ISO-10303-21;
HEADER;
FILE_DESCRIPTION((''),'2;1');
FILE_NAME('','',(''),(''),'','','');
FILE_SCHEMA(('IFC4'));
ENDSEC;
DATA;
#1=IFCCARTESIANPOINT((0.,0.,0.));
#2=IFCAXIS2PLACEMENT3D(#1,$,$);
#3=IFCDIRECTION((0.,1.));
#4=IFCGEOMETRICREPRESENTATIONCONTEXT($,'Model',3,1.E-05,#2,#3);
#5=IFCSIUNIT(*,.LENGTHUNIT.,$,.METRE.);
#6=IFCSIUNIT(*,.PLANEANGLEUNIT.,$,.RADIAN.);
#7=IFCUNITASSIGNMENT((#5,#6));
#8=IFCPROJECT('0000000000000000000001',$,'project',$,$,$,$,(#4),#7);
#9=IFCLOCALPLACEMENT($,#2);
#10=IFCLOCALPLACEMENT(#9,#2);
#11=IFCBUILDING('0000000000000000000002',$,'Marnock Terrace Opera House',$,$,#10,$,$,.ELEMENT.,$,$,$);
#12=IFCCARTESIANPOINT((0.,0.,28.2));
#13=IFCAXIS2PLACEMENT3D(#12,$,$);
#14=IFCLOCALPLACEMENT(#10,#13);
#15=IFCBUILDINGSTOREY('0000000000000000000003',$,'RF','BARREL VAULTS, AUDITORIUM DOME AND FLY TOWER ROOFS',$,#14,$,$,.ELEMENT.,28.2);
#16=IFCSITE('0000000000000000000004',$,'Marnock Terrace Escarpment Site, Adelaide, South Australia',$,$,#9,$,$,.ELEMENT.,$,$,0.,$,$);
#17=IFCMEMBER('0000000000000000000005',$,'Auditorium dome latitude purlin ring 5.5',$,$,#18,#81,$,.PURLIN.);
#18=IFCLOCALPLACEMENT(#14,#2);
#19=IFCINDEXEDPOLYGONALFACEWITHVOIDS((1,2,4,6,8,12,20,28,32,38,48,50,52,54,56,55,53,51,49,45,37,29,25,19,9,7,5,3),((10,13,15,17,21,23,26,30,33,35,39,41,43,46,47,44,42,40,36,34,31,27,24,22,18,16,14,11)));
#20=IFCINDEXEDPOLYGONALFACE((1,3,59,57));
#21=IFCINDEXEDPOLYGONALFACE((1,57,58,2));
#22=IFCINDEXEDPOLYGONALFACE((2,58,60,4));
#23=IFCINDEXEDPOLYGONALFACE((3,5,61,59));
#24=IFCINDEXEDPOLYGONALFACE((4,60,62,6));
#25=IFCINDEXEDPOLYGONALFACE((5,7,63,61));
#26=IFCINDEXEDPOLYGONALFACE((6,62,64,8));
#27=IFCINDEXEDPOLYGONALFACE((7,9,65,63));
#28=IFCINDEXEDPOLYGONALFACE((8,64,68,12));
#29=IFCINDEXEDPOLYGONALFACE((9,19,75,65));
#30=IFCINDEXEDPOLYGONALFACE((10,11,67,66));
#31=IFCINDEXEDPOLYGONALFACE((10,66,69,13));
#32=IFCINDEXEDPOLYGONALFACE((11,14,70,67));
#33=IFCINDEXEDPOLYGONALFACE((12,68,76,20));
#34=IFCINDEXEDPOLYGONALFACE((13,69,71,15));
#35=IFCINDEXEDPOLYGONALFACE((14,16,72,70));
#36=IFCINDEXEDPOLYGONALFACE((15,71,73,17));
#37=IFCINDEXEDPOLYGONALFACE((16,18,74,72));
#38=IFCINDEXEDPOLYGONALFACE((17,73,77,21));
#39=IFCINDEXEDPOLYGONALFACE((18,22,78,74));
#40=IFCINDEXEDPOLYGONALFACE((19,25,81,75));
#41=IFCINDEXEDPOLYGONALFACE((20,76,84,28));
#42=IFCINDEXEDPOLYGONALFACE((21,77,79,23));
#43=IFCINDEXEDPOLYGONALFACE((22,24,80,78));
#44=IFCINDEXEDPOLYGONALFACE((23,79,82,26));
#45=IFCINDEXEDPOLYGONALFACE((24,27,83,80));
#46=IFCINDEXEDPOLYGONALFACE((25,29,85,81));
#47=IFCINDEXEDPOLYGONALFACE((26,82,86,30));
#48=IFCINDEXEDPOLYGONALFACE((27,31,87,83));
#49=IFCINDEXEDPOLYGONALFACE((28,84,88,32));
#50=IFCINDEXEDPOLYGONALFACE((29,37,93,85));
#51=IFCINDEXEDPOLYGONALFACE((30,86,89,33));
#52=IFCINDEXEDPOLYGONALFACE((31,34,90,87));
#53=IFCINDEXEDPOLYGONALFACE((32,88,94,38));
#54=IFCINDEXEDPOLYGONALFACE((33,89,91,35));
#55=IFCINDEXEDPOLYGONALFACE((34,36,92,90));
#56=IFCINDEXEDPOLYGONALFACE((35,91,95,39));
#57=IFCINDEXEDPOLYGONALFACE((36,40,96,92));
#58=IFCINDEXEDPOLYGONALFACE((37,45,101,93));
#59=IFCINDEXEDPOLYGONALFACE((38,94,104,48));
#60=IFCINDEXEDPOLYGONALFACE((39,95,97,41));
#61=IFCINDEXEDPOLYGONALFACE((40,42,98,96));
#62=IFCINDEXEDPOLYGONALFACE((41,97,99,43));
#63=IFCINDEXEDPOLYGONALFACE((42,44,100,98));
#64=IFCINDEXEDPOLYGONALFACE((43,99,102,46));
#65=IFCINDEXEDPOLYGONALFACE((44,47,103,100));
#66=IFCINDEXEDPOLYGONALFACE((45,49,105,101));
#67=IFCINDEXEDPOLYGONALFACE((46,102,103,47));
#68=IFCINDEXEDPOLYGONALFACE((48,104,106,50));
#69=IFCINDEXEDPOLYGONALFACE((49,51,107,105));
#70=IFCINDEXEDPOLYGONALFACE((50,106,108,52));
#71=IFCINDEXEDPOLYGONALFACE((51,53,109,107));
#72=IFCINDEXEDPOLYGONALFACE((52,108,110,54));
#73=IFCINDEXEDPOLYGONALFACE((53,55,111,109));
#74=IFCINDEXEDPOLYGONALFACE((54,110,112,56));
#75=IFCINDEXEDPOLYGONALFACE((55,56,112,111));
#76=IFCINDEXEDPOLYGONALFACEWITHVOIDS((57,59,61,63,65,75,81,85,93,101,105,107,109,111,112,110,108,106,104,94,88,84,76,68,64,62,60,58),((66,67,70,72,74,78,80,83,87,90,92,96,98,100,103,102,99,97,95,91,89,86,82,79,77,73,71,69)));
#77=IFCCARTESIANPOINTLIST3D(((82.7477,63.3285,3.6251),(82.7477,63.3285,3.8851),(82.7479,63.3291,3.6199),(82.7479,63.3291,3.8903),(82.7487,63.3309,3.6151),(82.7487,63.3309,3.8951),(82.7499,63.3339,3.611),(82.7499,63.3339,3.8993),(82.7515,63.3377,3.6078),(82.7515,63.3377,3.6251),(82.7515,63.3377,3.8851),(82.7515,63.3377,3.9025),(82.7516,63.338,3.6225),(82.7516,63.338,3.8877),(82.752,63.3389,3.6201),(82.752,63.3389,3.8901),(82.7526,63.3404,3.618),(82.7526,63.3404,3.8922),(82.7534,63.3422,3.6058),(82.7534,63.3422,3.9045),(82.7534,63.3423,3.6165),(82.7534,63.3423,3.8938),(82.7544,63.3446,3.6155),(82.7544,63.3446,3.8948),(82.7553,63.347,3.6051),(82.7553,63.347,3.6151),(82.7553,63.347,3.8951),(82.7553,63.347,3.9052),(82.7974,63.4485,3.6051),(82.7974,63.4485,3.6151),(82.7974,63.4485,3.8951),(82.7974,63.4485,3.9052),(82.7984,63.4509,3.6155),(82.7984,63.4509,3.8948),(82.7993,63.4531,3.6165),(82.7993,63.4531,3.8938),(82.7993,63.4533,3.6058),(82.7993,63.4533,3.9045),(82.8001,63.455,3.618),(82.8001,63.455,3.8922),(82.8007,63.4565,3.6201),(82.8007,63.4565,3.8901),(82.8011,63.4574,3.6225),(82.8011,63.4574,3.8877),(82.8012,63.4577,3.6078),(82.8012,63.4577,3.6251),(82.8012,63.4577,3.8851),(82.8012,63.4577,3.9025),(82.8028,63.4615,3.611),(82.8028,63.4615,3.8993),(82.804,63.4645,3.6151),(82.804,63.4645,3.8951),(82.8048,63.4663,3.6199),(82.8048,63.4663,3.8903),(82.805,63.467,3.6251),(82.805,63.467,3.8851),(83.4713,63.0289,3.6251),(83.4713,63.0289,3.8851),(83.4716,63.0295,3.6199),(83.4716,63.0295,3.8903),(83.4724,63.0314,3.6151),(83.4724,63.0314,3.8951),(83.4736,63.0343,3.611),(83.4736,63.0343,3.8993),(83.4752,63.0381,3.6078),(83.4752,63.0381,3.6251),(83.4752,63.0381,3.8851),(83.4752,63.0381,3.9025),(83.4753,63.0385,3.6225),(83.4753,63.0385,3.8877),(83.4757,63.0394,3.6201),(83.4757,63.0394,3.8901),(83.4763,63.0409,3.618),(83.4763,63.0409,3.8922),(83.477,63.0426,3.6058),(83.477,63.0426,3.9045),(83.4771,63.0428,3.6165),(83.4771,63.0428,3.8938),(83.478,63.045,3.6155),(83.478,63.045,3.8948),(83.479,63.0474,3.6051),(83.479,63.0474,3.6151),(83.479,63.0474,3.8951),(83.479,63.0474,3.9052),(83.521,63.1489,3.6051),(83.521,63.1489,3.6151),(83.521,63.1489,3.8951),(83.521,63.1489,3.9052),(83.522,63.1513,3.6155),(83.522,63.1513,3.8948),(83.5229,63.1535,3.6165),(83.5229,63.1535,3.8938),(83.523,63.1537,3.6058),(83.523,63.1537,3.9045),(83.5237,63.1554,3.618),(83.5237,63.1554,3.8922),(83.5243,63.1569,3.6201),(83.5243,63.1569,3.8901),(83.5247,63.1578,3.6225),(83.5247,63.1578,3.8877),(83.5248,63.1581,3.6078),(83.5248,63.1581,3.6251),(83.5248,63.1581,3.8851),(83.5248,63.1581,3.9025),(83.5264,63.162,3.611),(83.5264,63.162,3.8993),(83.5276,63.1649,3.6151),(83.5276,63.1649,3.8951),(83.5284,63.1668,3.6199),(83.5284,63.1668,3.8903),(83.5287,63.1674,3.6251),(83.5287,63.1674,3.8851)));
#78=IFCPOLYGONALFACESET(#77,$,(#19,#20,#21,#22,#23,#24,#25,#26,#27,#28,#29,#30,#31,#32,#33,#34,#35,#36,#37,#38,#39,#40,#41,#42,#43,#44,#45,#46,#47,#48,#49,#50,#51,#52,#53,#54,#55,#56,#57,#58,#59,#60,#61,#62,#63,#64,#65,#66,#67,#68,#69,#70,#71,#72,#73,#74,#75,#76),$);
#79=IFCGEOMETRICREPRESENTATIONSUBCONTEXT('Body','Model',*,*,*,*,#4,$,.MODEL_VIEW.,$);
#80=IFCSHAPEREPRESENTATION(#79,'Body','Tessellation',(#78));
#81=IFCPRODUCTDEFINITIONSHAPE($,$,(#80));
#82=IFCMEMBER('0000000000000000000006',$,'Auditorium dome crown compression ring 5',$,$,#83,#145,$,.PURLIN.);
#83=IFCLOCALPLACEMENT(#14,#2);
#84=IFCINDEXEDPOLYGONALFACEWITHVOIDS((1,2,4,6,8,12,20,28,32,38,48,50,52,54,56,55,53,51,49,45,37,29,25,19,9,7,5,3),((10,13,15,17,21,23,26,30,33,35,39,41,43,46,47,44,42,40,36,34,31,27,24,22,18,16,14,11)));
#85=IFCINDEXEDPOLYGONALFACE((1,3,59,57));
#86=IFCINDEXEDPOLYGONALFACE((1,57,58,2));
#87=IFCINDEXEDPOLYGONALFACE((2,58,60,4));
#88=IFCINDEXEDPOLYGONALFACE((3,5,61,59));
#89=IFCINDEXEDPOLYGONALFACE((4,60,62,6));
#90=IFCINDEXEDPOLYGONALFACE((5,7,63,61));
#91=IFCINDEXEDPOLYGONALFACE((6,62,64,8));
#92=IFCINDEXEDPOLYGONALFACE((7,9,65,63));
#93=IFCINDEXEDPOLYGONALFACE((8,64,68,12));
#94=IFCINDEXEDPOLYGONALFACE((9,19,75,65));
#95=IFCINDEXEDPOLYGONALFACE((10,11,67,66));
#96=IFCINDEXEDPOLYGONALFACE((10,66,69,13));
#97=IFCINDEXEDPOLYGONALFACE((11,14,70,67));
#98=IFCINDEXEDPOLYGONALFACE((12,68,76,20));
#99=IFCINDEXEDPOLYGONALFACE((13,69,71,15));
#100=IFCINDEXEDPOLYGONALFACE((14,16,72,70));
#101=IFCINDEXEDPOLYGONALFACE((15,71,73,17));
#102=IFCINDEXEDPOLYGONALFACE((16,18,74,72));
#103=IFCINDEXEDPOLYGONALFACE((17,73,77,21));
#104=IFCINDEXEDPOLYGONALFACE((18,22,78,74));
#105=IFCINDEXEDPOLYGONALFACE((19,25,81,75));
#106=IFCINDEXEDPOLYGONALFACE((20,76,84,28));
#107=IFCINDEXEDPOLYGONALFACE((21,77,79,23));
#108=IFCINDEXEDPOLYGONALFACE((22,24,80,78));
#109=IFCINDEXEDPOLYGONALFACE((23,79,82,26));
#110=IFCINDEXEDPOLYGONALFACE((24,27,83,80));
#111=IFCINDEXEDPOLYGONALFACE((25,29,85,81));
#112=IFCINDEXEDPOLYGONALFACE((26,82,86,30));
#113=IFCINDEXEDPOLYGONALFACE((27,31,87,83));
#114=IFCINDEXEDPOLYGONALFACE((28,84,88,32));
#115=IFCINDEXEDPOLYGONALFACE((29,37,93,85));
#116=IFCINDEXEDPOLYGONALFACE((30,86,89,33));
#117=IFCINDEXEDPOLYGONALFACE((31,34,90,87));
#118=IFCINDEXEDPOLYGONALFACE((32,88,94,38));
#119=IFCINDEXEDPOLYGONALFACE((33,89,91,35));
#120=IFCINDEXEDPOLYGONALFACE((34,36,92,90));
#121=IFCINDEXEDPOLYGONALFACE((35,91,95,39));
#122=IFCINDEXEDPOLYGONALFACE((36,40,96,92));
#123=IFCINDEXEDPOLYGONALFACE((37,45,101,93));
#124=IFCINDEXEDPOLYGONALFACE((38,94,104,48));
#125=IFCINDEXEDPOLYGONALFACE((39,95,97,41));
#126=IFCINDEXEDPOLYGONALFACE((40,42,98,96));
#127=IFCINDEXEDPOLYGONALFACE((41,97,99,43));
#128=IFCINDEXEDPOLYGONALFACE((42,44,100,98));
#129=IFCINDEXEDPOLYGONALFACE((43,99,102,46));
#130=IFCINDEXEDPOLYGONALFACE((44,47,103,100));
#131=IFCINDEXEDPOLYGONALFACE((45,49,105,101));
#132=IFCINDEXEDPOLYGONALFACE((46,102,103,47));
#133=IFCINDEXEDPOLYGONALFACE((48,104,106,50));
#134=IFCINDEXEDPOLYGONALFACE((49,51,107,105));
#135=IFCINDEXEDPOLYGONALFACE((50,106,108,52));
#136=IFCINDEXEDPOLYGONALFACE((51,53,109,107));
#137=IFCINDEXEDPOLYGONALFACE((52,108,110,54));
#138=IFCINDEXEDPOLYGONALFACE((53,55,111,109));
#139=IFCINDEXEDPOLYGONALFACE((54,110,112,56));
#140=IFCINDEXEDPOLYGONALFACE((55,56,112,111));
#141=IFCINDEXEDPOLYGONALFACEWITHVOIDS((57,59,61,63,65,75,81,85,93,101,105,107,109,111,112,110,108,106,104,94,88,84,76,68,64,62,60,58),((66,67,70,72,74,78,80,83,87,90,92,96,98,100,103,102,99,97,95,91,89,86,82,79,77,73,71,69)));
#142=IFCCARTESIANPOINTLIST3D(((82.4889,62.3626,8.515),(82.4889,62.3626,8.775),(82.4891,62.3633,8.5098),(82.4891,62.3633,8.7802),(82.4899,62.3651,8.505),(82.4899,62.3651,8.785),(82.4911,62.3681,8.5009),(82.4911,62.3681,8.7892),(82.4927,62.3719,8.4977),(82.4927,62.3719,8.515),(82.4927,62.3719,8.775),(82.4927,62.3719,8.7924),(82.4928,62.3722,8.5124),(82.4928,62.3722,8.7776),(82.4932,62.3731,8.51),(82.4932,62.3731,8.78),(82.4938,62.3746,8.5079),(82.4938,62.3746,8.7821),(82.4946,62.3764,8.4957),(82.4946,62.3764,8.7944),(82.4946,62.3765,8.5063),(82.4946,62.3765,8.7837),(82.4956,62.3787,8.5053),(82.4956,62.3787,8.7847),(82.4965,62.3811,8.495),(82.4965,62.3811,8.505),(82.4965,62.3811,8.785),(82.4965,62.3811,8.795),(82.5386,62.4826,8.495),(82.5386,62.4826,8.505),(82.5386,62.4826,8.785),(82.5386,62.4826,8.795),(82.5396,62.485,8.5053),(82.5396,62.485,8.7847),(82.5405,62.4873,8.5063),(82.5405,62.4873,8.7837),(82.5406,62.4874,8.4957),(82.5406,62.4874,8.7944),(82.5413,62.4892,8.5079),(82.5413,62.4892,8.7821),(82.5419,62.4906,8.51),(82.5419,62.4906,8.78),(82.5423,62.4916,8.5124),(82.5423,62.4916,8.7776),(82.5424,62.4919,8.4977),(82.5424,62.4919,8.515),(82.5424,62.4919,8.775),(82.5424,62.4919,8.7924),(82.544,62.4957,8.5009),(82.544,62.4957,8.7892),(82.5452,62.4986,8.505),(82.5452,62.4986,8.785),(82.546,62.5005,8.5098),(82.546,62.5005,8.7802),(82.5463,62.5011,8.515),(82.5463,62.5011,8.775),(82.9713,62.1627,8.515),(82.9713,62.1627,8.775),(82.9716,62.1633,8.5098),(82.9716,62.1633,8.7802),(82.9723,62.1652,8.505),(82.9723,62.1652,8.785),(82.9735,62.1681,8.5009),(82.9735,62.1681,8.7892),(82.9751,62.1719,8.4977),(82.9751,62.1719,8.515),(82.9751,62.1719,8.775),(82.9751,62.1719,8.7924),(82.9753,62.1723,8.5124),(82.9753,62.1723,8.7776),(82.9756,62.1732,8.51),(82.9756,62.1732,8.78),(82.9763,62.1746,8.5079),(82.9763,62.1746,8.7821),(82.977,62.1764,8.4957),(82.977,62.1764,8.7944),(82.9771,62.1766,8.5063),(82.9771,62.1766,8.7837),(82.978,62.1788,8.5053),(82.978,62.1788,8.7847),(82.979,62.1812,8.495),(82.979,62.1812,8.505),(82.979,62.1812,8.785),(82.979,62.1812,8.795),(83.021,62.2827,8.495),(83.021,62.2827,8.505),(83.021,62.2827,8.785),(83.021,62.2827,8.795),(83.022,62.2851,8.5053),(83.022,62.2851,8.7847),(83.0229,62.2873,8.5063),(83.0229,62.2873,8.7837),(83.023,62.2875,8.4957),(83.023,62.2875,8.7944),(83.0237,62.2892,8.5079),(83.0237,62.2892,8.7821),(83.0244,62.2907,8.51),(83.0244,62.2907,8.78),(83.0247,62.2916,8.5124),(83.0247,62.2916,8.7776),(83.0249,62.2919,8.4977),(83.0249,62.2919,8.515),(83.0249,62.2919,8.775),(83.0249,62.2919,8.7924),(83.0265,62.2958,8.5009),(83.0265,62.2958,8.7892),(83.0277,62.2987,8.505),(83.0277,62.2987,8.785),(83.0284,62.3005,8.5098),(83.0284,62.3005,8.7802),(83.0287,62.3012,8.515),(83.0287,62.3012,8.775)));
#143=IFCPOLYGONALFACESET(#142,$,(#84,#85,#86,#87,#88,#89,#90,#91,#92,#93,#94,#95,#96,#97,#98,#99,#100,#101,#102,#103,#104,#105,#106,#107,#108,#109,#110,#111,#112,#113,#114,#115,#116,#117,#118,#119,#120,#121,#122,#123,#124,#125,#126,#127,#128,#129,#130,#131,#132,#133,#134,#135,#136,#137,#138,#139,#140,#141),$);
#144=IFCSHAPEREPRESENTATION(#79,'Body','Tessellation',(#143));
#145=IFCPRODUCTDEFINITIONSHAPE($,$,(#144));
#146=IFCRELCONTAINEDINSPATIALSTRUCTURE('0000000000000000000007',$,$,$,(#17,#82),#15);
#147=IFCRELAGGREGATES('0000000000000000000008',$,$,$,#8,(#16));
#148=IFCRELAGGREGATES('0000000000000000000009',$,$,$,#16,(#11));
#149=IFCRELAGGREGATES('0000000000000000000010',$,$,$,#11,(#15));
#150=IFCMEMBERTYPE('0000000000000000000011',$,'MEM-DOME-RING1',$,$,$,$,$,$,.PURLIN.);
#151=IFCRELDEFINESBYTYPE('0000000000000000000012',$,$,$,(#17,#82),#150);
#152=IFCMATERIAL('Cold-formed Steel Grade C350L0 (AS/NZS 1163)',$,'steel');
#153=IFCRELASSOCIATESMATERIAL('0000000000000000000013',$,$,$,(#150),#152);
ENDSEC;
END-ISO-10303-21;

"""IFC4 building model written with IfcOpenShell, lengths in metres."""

from ifc_helpers import new_model, si_unit, direction, frame, origin, origin_2d, place, context, subcontext, project, spatial, hollow_rectangle, extrude, material, material_profile, profile_set, type_object, element, save


model = new_model("IFC4")

# Units and contexts
model_context = context("Model", 3, precision=1e-05, world=origin(), true_north=direction((0.0, 1.0)))
body_context = subcontext(model_context, "Body", "Model", "MODEL_VIEW")
ifc_project = project(units=[si_unit("LENGTHUNIT", "METRE"), si_unit("PLANEANGLEUNIT", "RADIAN")], contexts=[model_context])

# Site, building, storey
site_placement = place(None, origin())
site = spatial("IfcSite", under=ifc_project, at=site_placement, Name="Marnock Terrace Escarpment Site, Adelaide, South Australia", CompositionType="ELEMENT", RefElevation=0.0)
building_placement = place(site_placement, origin())
building = spatial("IfcBuilding", under=site, at=building_placement, Name="Marnock Terrace Opera House", CompositionType="ELEMENT")
storey_placement = place(building_placement, frame((0.0, 0.0, 28.2)))
storey = spatial("IfcBuildingStorey", under=building, at=storey_placement, Name="RF", Description="BARREL VAULTS, AUDITORIUM DOME AND FLY TOWER ROOFS", CompositionType="ELEMENT", Elevation=28.2)

# Members
ifc_material_1 = material(Name="Cold-formed Steel Grade C350L0 (AS/NZS 1163)", Category="steel")
ifc_material_profile_1 = material_profile(ifc_material_1, hollow_rectangle(XDim=0.1499, YDim=0.3, WallThickness=0.01, InnerFilletRadius=0.01, OuterFilletRadius=0.02, at=origin_2d()))
ifc_profile_set_1 = profile_set([ifc_material_profile_1], Name="Cold-formed Steel Grade C350L0 (AS/NZS 1163)")
member_type_1 = type_object("IfcMemberType", Name="MEM-DOME-RING1", PredefinedType="PURLIN", material=ifc_profile_set_1)
member_1_placement = place(storey_placement, frame((83.5, 63.0981, 3.7551), z_axis=(-0.92396, 0.382489, 0.0), x_axis=(-0.382489, -0.92396, 0.0)))
element("IfcMember", 1, at=member_1_placement, inside=storey, type_object=member_type_1, Name="Auditorium dome latitude purlin ring 5.5", PredefinedType="PURLIN", context=body_context, shape_type="SweptSolid", body=[
    extrude(hollow_rectangle(XDim=0.1499, YDim=0.3, WallThickness=0.01, InnerFilletRadius=0.01, OuterFilletRadius=0.02, at=origin_2d()), origin(), (0.0, 0.0, 1.0), 0.7832),
])
member_2_placement = place(storey_placement, frame((83.0, 62.2319, 8.645), z_axis=(-0.923795, 0.382889, 0.0), x_axis=(-0.382889, -0.923795, 0.0)))
element("IfcMember", 2, at=member_2_placement, inside=storey, type_object=member_type_1, Name="Auditorium dome crown compression ring 5", PredefinedType="PURLIN", context=body_context, shape_type="SweptSolid", body=[
    extrude(hollow_rectangle(XDim=0.1499, YDim=0.3, WallThickness=0.01, InnerFilletRadius=0.01, OuterFilletRadius=0.02, at=origin_2d()), origin(), (0.0, 0.0, 1.0), 0.5222),
])

save(model, "model.ifc")
